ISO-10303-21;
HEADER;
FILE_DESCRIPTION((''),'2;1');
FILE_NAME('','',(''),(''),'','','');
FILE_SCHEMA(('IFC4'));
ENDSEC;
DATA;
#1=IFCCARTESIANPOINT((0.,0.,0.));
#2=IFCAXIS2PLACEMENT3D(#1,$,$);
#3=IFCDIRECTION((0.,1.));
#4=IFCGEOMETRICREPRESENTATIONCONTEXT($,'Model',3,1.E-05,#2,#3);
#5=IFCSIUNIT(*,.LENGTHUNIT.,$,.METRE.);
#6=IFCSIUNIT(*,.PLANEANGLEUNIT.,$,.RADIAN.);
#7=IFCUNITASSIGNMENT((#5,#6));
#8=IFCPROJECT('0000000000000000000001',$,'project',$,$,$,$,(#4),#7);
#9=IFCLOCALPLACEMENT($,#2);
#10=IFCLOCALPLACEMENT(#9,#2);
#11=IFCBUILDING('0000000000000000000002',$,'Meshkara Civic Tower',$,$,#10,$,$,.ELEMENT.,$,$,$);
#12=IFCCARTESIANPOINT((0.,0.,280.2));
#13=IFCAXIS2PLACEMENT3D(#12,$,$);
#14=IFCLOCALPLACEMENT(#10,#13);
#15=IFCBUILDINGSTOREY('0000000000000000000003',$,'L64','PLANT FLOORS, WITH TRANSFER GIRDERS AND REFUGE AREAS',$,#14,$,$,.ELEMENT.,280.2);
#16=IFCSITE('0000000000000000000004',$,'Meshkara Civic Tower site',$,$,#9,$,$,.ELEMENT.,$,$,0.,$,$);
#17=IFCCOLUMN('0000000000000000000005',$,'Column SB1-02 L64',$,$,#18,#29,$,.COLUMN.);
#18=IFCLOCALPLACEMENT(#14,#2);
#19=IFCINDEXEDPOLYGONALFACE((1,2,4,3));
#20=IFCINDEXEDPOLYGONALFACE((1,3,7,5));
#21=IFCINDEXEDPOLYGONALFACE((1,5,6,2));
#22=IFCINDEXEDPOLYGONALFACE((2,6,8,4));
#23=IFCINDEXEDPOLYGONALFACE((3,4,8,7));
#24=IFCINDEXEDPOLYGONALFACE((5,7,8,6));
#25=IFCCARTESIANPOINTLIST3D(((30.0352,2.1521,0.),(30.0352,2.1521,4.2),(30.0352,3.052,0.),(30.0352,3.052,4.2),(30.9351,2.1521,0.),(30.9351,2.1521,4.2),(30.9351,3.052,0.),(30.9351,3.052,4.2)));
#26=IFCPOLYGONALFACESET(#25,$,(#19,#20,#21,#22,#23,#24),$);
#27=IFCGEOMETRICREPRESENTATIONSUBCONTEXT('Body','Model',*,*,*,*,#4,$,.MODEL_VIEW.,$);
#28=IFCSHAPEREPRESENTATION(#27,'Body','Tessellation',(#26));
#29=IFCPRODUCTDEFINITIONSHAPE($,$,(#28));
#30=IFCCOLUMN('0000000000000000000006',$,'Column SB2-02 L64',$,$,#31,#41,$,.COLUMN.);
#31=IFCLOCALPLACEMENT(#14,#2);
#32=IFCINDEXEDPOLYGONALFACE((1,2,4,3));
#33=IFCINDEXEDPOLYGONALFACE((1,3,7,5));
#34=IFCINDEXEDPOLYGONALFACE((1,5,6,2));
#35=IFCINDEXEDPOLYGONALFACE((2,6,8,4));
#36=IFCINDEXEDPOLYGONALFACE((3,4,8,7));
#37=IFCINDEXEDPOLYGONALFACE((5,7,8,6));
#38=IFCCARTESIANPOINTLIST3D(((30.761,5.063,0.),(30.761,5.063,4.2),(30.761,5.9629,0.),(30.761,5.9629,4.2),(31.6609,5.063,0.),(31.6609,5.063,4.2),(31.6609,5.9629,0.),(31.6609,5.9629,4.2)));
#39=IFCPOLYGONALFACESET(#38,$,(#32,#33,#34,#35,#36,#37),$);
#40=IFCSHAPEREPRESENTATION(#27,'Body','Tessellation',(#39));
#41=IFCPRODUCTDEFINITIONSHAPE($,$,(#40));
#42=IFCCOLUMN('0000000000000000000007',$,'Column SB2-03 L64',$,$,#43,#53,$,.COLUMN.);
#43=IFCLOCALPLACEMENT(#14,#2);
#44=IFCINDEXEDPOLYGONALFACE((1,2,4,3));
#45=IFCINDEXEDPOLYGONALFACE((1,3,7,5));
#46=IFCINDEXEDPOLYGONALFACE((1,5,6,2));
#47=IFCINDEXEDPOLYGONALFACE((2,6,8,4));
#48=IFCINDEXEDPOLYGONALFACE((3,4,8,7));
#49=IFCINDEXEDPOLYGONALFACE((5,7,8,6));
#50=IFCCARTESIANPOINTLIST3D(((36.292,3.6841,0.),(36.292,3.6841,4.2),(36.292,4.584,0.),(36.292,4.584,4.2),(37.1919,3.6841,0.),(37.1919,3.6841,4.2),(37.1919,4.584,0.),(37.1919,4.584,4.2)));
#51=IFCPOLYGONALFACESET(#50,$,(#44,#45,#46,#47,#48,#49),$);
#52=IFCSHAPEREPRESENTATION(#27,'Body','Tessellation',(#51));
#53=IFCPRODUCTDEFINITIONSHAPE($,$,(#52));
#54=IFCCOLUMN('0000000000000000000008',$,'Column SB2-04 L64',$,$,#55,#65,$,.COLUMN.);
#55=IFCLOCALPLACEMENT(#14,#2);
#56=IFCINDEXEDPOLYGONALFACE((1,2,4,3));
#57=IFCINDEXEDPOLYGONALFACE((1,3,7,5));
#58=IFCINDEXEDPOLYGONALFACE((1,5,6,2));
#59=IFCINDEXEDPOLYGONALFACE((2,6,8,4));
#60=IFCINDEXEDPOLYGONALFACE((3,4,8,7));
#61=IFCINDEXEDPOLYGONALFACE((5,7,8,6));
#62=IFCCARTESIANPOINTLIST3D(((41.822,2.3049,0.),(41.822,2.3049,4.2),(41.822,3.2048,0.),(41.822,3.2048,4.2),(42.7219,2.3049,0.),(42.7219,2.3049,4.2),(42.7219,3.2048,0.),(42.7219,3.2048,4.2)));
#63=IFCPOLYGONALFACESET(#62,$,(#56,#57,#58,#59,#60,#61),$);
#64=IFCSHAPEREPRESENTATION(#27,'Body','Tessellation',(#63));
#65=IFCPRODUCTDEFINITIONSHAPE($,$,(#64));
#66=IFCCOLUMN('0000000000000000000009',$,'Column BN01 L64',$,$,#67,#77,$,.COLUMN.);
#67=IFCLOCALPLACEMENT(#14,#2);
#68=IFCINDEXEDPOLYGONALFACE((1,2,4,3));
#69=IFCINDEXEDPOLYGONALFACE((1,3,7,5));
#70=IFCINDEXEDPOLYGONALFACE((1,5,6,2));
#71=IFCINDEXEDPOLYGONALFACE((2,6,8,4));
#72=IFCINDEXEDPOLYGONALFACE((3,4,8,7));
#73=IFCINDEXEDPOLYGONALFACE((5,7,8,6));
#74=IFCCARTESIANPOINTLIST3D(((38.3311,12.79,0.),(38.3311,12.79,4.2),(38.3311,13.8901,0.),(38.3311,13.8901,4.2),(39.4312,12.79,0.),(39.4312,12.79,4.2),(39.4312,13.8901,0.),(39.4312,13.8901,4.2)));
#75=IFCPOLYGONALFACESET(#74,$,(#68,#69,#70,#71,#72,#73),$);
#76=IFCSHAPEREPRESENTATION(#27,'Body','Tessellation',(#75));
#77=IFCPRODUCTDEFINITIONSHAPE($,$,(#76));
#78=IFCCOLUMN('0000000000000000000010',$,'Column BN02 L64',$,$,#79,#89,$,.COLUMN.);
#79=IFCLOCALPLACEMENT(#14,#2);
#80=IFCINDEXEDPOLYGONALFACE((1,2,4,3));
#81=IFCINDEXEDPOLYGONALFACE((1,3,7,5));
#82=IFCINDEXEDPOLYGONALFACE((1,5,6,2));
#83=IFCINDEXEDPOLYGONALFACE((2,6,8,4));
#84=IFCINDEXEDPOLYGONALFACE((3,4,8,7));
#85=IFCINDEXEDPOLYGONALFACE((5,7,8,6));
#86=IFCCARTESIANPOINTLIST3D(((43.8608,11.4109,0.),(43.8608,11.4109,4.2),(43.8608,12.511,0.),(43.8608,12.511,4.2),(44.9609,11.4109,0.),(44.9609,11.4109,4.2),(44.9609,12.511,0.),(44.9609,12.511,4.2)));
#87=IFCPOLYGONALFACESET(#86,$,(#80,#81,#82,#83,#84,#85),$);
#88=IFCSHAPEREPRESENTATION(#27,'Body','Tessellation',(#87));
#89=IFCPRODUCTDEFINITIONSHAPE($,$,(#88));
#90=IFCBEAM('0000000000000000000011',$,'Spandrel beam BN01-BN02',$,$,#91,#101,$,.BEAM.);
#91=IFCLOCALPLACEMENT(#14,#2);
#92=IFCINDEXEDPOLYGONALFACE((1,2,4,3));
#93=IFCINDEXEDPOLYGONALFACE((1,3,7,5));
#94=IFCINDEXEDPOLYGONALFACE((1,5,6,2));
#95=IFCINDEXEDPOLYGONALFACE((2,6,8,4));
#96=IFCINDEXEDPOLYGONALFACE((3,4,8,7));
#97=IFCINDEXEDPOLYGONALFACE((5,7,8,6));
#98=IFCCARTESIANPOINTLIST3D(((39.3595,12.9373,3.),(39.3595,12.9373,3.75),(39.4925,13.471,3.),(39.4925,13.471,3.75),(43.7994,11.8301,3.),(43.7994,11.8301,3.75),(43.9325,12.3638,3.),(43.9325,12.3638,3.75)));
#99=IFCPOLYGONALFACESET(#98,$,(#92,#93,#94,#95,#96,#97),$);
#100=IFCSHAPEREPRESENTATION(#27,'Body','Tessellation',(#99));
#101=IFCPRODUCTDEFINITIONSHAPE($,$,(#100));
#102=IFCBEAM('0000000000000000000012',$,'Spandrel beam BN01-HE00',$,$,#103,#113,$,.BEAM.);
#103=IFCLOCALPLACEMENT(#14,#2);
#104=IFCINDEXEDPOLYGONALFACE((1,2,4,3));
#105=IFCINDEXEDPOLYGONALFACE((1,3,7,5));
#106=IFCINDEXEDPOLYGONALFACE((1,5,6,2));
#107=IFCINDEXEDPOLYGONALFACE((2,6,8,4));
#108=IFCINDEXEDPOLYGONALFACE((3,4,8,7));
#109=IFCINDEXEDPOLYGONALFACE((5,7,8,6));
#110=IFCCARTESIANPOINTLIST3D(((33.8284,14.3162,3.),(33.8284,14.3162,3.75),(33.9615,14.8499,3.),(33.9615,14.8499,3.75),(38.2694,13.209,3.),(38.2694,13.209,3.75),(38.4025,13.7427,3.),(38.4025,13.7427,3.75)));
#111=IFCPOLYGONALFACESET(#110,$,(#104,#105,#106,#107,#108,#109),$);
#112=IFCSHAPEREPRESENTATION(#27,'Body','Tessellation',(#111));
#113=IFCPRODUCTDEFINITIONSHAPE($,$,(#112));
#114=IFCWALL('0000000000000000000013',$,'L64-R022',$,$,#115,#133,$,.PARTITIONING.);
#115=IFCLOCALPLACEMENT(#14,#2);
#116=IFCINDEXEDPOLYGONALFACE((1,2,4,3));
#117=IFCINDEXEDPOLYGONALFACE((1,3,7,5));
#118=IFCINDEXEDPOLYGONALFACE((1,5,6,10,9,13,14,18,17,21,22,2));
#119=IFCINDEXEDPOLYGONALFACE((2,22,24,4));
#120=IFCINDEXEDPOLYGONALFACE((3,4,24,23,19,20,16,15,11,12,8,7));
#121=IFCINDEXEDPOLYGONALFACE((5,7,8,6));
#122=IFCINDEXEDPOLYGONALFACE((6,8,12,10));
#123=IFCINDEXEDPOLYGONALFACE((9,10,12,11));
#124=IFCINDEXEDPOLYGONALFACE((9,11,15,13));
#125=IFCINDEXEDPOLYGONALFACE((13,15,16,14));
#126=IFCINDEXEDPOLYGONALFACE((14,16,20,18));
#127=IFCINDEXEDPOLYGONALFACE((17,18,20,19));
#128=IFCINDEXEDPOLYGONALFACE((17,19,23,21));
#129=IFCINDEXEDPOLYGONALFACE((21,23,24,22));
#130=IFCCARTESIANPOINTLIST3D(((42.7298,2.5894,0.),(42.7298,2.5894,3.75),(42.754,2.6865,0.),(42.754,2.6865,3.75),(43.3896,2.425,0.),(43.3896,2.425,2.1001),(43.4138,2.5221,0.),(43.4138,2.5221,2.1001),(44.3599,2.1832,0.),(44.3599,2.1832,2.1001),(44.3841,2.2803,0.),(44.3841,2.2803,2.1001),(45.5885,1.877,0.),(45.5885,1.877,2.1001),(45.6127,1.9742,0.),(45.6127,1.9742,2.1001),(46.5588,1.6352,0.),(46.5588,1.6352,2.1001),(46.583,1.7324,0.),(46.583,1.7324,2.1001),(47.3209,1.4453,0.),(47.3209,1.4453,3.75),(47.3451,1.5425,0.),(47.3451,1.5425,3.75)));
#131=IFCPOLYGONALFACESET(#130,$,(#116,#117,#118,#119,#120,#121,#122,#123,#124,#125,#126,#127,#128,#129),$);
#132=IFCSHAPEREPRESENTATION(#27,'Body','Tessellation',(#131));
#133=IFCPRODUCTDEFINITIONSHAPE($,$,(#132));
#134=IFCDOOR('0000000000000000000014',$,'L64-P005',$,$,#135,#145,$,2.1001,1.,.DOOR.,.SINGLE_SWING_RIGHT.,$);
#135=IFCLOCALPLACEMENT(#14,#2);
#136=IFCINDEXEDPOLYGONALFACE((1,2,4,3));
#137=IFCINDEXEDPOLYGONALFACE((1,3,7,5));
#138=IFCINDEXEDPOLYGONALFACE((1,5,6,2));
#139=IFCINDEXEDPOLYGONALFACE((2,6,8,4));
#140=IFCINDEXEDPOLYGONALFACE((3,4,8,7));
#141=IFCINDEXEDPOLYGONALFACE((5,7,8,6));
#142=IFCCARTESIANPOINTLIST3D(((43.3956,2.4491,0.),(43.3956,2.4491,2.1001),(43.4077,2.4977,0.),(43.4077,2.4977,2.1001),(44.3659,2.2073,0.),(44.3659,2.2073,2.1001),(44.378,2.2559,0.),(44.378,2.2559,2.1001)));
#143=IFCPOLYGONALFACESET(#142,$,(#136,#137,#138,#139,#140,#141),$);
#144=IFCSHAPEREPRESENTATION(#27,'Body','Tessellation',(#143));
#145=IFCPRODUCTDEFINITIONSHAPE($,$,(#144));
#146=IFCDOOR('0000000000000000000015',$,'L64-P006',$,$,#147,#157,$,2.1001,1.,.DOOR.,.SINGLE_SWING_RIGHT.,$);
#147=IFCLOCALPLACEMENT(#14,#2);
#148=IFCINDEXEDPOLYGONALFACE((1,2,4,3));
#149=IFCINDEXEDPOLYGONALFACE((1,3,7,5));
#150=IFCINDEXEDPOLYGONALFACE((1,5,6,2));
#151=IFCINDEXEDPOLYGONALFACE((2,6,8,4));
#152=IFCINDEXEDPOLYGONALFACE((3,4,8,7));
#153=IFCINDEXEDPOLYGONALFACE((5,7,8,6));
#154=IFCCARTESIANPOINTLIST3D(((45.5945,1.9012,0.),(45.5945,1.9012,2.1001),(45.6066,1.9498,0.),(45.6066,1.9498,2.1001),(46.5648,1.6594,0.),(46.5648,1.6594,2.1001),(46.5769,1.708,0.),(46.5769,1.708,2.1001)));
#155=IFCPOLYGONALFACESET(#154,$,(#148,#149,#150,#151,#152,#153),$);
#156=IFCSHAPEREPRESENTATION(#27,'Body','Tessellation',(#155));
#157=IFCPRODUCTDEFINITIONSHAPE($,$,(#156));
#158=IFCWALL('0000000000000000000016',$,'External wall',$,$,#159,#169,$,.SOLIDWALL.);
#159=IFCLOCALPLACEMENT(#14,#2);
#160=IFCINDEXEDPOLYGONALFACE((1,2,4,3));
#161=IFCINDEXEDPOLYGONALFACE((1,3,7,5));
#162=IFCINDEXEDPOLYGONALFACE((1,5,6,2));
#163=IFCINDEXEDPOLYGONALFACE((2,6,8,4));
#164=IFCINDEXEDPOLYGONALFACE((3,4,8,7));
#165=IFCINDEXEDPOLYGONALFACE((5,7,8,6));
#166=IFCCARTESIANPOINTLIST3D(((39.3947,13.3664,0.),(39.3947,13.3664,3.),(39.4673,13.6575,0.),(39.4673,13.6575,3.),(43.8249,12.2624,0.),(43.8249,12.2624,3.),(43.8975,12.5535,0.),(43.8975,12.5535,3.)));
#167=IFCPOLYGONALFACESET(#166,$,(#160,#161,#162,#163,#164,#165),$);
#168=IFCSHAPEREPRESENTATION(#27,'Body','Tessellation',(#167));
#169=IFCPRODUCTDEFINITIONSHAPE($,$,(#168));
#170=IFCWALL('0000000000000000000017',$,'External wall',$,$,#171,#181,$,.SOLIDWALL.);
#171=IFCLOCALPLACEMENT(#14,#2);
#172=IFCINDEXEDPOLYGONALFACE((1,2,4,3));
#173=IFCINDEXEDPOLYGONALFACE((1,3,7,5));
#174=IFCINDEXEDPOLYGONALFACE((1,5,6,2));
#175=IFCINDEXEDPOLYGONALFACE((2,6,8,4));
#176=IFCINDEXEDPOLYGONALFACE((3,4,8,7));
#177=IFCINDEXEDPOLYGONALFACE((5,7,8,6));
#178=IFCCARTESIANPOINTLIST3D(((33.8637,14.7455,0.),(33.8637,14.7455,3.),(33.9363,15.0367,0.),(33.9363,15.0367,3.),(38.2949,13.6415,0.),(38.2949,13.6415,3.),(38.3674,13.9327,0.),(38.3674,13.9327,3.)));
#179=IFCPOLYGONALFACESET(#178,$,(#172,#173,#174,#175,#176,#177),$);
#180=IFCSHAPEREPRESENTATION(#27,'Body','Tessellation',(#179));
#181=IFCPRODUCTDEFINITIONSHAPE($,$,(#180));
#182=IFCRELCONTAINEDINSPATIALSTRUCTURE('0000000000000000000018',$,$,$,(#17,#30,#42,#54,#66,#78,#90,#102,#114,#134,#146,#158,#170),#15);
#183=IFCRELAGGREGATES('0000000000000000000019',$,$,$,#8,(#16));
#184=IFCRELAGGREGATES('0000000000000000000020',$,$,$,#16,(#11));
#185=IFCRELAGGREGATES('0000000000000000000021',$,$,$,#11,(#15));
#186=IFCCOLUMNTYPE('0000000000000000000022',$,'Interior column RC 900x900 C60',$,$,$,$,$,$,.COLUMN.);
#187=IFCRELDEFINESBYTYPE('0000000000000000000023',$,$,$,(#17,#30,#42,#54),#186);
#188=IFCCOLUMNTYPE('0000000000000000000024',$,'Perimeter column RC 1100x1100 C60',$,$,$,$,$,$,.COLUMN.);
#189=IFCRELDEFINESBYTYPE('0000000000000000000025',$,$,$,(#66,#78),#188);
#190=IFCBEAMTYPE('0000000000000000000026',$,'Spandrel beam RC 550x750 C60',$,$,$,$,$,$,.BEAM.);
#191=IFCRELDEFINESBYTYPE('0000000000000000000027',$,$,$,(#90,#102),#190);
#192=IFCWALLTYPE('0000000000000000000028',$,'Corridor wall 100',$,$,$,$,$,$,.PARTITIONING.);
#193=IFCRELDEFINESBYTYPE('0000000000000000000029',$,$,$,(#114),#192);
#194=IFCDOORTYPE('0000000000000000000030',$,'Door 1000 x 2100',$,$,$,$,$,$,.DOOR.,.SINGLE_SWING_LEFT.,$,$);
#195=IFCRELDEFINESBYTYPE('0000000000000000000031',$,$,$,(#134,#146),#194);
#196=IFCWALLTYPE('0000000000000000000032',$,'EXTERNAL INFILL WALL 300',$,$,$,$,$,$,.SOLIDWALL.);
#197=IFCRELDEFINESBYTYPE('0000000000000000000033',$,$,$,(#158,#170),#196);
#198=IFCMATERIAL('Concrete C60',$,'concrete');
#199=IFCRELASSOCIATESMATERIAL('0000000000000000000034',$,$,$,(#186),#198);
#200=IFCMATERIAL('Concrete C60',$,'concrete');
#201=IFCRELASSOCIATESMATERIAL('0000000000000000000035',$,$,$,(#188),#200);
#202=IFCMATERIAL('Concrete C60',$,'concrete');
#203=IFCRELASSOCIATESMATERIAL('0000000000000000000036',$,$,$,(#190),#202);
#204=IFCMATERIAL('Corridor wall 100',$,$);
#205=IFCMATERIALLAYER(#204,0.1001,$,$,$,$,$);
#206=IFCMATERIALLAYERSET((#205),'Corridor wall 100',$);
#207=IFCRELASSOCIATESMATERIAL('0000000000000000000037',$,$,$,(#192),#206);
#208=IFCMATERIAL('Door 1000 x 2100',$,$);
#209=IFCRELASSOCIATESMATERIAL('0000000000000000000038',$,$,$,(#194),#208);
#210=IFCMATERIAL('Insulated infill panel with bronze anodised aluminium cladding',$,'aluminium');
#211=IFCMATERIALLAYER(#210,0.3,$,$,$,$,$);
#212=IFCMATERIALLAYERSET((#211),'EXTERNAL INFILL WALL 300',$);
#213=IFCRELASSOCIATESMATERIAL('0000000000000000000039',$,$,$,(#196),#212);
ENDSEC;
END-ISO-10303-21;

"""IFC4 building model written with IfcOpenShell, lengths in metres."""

from ifc_helpers import new_model, si_unit, direction, frame, frame_2d, origin, origin_2d, place, context, subcontext, project, spatial, rectangle, extrude, material, layer, layer_set, material_profile, profile_set, type_object, element, fill, save


model = new_model("IFC4")

# Units and contexts
model_context = context("Model", 3, precision=1e-05, world=origin(), true_north=direction((0.0, 1.0)))
body_context = subcontext(model_context, "Body", "Model", "MODEL_VIEW")
ifc_project = project(units=[si_unit("LENGTHUNIT", "METRE"), si_unit("PLANEANGLEUNIT", "RADIAN")], contexts=[model_context])

# Site, building, storey
site_placement = place(None, origin())
site = spatial("IfcSite", under=ifc_project, at=site_placement, Name="Meshkara Civic Tower site", CompositionType="ELEMENT", RefElevation=0.0)
building_placement = place(site_placement, origin())
building = spatial("IfcBuilding", under=site, at=building_placement, Name="Meshkara Civic Tower", CompositionType="ELEMENT")
storey_placement = place(building_placement, frame((0.0, 0.0, 280.2)))
storey = spatial("IfcBuildingStorey", under=building, at=storey_placement, Name="L64", Description="PLANT FLOORS, WITH TRANSFER GIRDERS AND REFUGE AREAS", CompositionType="ELEMENT", Elevation=280.2)

# Columns
ifc_material_1 = material(Name="Concrete C60", Category="concrete")
ifc_material_profile_1 = material_profile(ifc_material_1, rectangle(XDim=0.8999, YDim=0.8999, at=origin_2d()))
ifc_profile_set_1 = profile_set([ifc_material_profile_1], Name="Concrete C60")
column_type_1 = type_object("IfcColumnType", Name="Interior column RC 900x900 C60", PredefinedType="COLUMN", material=ifc_profile_set_1)
for number, where, z_axis, x_axis, name in (
    (1, (30.4851, 2.6021, 0.0), (0.0, 0.0, 1.0), (1.0, 0.0, 0.0), "Column SB1-02 L64"),
    (2, (31.2109, 5.5129, 0.0), (0.0, 0.0, 1.0), (1.0, 0.0, 0.0), "Column SB2-02 L64"),
    (3, (36.7419, 4.134, 0.0), (0.0, 0.0, 1.0), (1.0, 0.0, 0.0), "Column SB2-03 L64"),
    (4, (42.272, 2.7549, 0.0), (0.0, 0.0, 1.0), (1.0, 0.0, 0.0), "Column SB2-04 L64"),
):
    element("IfcColumn", number, at=place(storey_placement, frame(where, z_axis=z_axis, x_axis=x_axis)), inside=storey, type_object=column_type_1, Name=name, PredefinedType="COLUMN", context=body_context, shape_type="SweptSolid", body=[
        extrude(rectangle(XDim=0.8999, YDim=0.8999, at=origin_2d()), origin(), (0.0, 0.0, 1.0), 4.2),
    ])
ifc_material_2 = material(Name="Concrete C60", Category="concrete")
ifc_material_profile_2 = material_profile(ifc_material_2, rectangle(XDim=1.1001, YDim=1.1001, at=origin_2d()))
ifc_profile_set_2 = profile_set([ifc_material_profile_2], Name="Concrete C60")
column_type_2 = type_object("IfcColumnType", Name="Perimeter column RC 1100x1100 C60", PredefinedType="COLUMN", material=ifc_profile_set_2)
for number, where, z_axis, x_axis, name in (
    (5, (38.8811, 13.3401, 0.0), (0.0, 0.0, 1.0), (1.0, 0.0, 0.0), "Column BN01 L64"),
    (6, (44.4109, 11.9609, 0.0), (0.0, 0.0, 1.0), (1.0, 0.0, 0.0), "Column BN02 L64"),
):
    element("IfcColumn", number, at=place(storey_placement, frame(where, z_axis=z_axis, x_axis=x_axis)), inside=storey, type_object=column_type_2, Name=name, PredefinedType="COLUMN", context=body_context, shape_type="SweptSolid", body=[
        extrude(rectangle(XDim=1.1001, YDim=1.1001, at=origin_2d()), origin(), (0.0, 0.0, 1.0), 4.2),
    ])

# Beams
ifc_material_3 = material(Name="Concrete C60", Category="concrete")
ifc_material_profile_3 = material_profile(ifc_material_3, rectangle(XDim=0.55, YDim=0.75, at=origin_2d()))
ifc_profile_set_3 = profile_set([ifc_material_profile_3], Name="Concrete C60")
beam_type = type_object("IfcBeamType", Name="Spandrel beam RC 550x750 C60", PredefinedType="BEAM", material=ifc_profile_set_3)
beam_1_placement = place(storey_placement, frame((43.866, 12.0969, 3.375), z_axis=(-0.970287, 0.241958, 0.0), x_axis=(-0.241958, -0.970287, 0.0)))
element("IfcBeam", 7, at=beam_1_placement, inside=storey, type_object=beam_type, Name="Spandrel beam BN01-BN02", PredefinedType="BEAM", context=body_context, shape_type="SweptSolid", body=[
    extrude(rectangle(XDim=0.55, YDim=0.75, at=origin_2d()), origin(), (0.0, 0.0, 1.0), 4.5759),
])
beam_2_placement = place(storey_placement, frame((38.3359, 13.4758, 3.375), z_axis=(-0.970299, 0.241908, 0.0), x_axis=(-0.241908, -0.970299, 0.0)))
element("IfcBeam", 8, at=beam_2_placement, inside=storey, type_object=beam_type, Name="Spandrel beam BN01-HE00", PredefinedType="BEAM", context=body_context, shape_type="SweptSolid", body=[
    extrude(rectangle(XDim=0.55, YDim=0.75, at=origin_2d()), origin(), (0.0, 0.0, 1.0), 4.5769),
])

# Wall, openings, doors
ifc_material_4 = material(Name="Corridor wall 100")
ifc_layer_1 = layer(ifc_material_4, 0.1001)
ifc_layer_set_1 = layer_set([ifc_layer_1], Name="Corridor wall 100")
wall_type_1 = type_object("IfcWallType", Name="Corridor wall 100", PredefinedType="PARTITIONING", material=ifc_layer_set_1)
wall_1_placement = place(storey_placement, frame((42.7419, 2.6379, 0.0), z_axis=(0.0, 0.0, 1.0), x_axis=(0.970327, -0.241795, 0.0)))
wall_1 = element("IfcWall", 9, at=wall_1_placement, inside=storey, type_object=wall_type_1, Name="L64-R022", PredefinedType="PARTITIONING", context=body_context, shape_type="SweptSolid", body=[
    extrude(rectangle(XDim=4.7314, YDim=0.1001, at=frame_2d((2.3657, 0.0))), origin(), (0.0, 0.0, 1.0), 3.75),
])
opening_1_placement = place(wall_1_placement, frame((0.6799, 0.0, 0.0)))
opening_1 = element("IfcOpeningElement", 10, at=opening_1_placement, cuts=wall_1, PredefinedType="OPENING", context=body_context, shape_type="SweptSolid", body=[
    extrude(rectangle(XDim=1.0, YDim=2.1001, at=frame_2d((0.5, 1.05))), frame((0.0, 0.0601, 0.0), z_axis=(0.0, -1.0, 0.0), x_axis=(1.0, 0.0, 0.0)), (0.0, 0.0, 1.0), 0.1201),
])
opening_2_placement = place(wall_1_placement, frame((2.946, 0.0, 0.0)))
opening_2 = element("IfcOpeningElement", 11, at=opening_2_placement, cuts=wall_1, PredefinedType="OPENING", context=body_context, shape_type="SweptSolid", body=[
    extrude(rectangle(XDim=1.0, YDim=2.1001, at=frame_2d((0.5, 1.05))), frame((0.0, 0.0601, 0.0), z_axis=(0.0, -1.0, 0.0), x_axis=(1.0, 0.0, 0.0)), (0.0, 0.0, 1.0), 0.1201),
])
ifc_material_5 = material(Name="Door 1000 x 2100")
door_type_1 = type_object("IfcDoorType", Name="Door 1000 x 2100", OperationType="SINGLE_SWING_LEFT", PredefinedType="DOOR", material=ifc_material_5)
door_1_placement = place(opening_1_placement, origin())
door_1 = element("IfcDoor", 12, at=door_1_placement, inside=storey, type_object=door_type_1, Name="L64-P005", OperationType="SINGLE_SWING_RIGHT", OverallHeight=2.1001, OverallWidth=1.0, PredefinedType="DOOR", context=body_context, shape_type="SweptSolid", body=[
    extrude(rectangle(XDim=1.0, YDim=2.1001, at=frame_2d((0.5, 1.05))), frame((0.0, 0.0249, 0.0), z_axis=(0.0, -1.0, 0.0), x_axis=(1.0, 0.0, 0.0)), (0.0, 0.0, 1.0), 0.05),
])
fill(opening_1, door_1)
door_2_placement = place(opening_2_placement, origin())
door_2 = element("IfcDoor", 13, at=door_2_placement, inside=storey, type_object=door_type_1, Name="L64-P006", OperationType="SINGLE_SWING_RIGHT", OverallHeight=2.1001, OverallWidth=1.0, PredefinedType="DOOR", context=body_context, shape_type="SweptSolid", body=[
    extrude(rectangle(XDim=1.0, YDim=2.1001, at=frame_2d((0.5, 1.05))), frame((0.0, 0.0249, 0.0), z_axis=(0.0, -1.0, 0.0), x_axis=(1.0, 0.0, 0.0)), (0.0, 0.0, 1.0), 0.05),
])
fill(opening_2, door_2)

# Walls
ifc_material_6 = material(Name="Insulated infill panel with bronze anodised aluminium cladding", Category="aluminium")
ifc_layer_2 = layer(ifc_material_6, 0.3)
ifc_layer_set_2 = layer_set([ifc_layer_2], Name="EXTERNAL INFILL WALL 300")
wall_type_2 = type_object("IfcWallType", Name="EXTERNAL INFILL WALL 300", PredefinedType="SOLIDWALL", material=ifc_layer_set_2)
wall_2_placement = place(storey_placement, frame((43.8611, 12.408, 0.0), z_axis=(0.0, 0.0, 1.0), x_axis=(-0.970325, 0.241806, 0.0)))
element("IfcWall", 14, at=wall_2_placement, inside=storey, type_object=wall_type_2, Name="External wall", PredefinedType="SOLIDWALL", context=body_context, shape_type="SweptSolid", body=[
    extrude(rectangle(XDim=4.5657, YDim=0.3, at=frame_2d((2.2827, 0.0))), origin(), (0.0, 0.0, 1.0), 3.0),
])
wall_3_placement = place(storey_placement, frame((38.3311, 13.7871, 0.0), z_axis=(0.0, 0.0, 1.0), x_axis=(-0.970337, 0.241756, 0.0)))
element("IfcWall", 15, at=wall_3_placement, inside=storey, type_object=wall_type_2, Name="External wall", PredefinedType="SOLIDWALL", context=body_context, shape_type="SweptSolid", body=[
    extrude(rectangle(XDim=4.5667, YDim=0.3, at=frame_2d((2.2832, 0.0))), origin(), (0.0, 0.0, 1.0), 3.0),
])

save(model, "model.ifc")
